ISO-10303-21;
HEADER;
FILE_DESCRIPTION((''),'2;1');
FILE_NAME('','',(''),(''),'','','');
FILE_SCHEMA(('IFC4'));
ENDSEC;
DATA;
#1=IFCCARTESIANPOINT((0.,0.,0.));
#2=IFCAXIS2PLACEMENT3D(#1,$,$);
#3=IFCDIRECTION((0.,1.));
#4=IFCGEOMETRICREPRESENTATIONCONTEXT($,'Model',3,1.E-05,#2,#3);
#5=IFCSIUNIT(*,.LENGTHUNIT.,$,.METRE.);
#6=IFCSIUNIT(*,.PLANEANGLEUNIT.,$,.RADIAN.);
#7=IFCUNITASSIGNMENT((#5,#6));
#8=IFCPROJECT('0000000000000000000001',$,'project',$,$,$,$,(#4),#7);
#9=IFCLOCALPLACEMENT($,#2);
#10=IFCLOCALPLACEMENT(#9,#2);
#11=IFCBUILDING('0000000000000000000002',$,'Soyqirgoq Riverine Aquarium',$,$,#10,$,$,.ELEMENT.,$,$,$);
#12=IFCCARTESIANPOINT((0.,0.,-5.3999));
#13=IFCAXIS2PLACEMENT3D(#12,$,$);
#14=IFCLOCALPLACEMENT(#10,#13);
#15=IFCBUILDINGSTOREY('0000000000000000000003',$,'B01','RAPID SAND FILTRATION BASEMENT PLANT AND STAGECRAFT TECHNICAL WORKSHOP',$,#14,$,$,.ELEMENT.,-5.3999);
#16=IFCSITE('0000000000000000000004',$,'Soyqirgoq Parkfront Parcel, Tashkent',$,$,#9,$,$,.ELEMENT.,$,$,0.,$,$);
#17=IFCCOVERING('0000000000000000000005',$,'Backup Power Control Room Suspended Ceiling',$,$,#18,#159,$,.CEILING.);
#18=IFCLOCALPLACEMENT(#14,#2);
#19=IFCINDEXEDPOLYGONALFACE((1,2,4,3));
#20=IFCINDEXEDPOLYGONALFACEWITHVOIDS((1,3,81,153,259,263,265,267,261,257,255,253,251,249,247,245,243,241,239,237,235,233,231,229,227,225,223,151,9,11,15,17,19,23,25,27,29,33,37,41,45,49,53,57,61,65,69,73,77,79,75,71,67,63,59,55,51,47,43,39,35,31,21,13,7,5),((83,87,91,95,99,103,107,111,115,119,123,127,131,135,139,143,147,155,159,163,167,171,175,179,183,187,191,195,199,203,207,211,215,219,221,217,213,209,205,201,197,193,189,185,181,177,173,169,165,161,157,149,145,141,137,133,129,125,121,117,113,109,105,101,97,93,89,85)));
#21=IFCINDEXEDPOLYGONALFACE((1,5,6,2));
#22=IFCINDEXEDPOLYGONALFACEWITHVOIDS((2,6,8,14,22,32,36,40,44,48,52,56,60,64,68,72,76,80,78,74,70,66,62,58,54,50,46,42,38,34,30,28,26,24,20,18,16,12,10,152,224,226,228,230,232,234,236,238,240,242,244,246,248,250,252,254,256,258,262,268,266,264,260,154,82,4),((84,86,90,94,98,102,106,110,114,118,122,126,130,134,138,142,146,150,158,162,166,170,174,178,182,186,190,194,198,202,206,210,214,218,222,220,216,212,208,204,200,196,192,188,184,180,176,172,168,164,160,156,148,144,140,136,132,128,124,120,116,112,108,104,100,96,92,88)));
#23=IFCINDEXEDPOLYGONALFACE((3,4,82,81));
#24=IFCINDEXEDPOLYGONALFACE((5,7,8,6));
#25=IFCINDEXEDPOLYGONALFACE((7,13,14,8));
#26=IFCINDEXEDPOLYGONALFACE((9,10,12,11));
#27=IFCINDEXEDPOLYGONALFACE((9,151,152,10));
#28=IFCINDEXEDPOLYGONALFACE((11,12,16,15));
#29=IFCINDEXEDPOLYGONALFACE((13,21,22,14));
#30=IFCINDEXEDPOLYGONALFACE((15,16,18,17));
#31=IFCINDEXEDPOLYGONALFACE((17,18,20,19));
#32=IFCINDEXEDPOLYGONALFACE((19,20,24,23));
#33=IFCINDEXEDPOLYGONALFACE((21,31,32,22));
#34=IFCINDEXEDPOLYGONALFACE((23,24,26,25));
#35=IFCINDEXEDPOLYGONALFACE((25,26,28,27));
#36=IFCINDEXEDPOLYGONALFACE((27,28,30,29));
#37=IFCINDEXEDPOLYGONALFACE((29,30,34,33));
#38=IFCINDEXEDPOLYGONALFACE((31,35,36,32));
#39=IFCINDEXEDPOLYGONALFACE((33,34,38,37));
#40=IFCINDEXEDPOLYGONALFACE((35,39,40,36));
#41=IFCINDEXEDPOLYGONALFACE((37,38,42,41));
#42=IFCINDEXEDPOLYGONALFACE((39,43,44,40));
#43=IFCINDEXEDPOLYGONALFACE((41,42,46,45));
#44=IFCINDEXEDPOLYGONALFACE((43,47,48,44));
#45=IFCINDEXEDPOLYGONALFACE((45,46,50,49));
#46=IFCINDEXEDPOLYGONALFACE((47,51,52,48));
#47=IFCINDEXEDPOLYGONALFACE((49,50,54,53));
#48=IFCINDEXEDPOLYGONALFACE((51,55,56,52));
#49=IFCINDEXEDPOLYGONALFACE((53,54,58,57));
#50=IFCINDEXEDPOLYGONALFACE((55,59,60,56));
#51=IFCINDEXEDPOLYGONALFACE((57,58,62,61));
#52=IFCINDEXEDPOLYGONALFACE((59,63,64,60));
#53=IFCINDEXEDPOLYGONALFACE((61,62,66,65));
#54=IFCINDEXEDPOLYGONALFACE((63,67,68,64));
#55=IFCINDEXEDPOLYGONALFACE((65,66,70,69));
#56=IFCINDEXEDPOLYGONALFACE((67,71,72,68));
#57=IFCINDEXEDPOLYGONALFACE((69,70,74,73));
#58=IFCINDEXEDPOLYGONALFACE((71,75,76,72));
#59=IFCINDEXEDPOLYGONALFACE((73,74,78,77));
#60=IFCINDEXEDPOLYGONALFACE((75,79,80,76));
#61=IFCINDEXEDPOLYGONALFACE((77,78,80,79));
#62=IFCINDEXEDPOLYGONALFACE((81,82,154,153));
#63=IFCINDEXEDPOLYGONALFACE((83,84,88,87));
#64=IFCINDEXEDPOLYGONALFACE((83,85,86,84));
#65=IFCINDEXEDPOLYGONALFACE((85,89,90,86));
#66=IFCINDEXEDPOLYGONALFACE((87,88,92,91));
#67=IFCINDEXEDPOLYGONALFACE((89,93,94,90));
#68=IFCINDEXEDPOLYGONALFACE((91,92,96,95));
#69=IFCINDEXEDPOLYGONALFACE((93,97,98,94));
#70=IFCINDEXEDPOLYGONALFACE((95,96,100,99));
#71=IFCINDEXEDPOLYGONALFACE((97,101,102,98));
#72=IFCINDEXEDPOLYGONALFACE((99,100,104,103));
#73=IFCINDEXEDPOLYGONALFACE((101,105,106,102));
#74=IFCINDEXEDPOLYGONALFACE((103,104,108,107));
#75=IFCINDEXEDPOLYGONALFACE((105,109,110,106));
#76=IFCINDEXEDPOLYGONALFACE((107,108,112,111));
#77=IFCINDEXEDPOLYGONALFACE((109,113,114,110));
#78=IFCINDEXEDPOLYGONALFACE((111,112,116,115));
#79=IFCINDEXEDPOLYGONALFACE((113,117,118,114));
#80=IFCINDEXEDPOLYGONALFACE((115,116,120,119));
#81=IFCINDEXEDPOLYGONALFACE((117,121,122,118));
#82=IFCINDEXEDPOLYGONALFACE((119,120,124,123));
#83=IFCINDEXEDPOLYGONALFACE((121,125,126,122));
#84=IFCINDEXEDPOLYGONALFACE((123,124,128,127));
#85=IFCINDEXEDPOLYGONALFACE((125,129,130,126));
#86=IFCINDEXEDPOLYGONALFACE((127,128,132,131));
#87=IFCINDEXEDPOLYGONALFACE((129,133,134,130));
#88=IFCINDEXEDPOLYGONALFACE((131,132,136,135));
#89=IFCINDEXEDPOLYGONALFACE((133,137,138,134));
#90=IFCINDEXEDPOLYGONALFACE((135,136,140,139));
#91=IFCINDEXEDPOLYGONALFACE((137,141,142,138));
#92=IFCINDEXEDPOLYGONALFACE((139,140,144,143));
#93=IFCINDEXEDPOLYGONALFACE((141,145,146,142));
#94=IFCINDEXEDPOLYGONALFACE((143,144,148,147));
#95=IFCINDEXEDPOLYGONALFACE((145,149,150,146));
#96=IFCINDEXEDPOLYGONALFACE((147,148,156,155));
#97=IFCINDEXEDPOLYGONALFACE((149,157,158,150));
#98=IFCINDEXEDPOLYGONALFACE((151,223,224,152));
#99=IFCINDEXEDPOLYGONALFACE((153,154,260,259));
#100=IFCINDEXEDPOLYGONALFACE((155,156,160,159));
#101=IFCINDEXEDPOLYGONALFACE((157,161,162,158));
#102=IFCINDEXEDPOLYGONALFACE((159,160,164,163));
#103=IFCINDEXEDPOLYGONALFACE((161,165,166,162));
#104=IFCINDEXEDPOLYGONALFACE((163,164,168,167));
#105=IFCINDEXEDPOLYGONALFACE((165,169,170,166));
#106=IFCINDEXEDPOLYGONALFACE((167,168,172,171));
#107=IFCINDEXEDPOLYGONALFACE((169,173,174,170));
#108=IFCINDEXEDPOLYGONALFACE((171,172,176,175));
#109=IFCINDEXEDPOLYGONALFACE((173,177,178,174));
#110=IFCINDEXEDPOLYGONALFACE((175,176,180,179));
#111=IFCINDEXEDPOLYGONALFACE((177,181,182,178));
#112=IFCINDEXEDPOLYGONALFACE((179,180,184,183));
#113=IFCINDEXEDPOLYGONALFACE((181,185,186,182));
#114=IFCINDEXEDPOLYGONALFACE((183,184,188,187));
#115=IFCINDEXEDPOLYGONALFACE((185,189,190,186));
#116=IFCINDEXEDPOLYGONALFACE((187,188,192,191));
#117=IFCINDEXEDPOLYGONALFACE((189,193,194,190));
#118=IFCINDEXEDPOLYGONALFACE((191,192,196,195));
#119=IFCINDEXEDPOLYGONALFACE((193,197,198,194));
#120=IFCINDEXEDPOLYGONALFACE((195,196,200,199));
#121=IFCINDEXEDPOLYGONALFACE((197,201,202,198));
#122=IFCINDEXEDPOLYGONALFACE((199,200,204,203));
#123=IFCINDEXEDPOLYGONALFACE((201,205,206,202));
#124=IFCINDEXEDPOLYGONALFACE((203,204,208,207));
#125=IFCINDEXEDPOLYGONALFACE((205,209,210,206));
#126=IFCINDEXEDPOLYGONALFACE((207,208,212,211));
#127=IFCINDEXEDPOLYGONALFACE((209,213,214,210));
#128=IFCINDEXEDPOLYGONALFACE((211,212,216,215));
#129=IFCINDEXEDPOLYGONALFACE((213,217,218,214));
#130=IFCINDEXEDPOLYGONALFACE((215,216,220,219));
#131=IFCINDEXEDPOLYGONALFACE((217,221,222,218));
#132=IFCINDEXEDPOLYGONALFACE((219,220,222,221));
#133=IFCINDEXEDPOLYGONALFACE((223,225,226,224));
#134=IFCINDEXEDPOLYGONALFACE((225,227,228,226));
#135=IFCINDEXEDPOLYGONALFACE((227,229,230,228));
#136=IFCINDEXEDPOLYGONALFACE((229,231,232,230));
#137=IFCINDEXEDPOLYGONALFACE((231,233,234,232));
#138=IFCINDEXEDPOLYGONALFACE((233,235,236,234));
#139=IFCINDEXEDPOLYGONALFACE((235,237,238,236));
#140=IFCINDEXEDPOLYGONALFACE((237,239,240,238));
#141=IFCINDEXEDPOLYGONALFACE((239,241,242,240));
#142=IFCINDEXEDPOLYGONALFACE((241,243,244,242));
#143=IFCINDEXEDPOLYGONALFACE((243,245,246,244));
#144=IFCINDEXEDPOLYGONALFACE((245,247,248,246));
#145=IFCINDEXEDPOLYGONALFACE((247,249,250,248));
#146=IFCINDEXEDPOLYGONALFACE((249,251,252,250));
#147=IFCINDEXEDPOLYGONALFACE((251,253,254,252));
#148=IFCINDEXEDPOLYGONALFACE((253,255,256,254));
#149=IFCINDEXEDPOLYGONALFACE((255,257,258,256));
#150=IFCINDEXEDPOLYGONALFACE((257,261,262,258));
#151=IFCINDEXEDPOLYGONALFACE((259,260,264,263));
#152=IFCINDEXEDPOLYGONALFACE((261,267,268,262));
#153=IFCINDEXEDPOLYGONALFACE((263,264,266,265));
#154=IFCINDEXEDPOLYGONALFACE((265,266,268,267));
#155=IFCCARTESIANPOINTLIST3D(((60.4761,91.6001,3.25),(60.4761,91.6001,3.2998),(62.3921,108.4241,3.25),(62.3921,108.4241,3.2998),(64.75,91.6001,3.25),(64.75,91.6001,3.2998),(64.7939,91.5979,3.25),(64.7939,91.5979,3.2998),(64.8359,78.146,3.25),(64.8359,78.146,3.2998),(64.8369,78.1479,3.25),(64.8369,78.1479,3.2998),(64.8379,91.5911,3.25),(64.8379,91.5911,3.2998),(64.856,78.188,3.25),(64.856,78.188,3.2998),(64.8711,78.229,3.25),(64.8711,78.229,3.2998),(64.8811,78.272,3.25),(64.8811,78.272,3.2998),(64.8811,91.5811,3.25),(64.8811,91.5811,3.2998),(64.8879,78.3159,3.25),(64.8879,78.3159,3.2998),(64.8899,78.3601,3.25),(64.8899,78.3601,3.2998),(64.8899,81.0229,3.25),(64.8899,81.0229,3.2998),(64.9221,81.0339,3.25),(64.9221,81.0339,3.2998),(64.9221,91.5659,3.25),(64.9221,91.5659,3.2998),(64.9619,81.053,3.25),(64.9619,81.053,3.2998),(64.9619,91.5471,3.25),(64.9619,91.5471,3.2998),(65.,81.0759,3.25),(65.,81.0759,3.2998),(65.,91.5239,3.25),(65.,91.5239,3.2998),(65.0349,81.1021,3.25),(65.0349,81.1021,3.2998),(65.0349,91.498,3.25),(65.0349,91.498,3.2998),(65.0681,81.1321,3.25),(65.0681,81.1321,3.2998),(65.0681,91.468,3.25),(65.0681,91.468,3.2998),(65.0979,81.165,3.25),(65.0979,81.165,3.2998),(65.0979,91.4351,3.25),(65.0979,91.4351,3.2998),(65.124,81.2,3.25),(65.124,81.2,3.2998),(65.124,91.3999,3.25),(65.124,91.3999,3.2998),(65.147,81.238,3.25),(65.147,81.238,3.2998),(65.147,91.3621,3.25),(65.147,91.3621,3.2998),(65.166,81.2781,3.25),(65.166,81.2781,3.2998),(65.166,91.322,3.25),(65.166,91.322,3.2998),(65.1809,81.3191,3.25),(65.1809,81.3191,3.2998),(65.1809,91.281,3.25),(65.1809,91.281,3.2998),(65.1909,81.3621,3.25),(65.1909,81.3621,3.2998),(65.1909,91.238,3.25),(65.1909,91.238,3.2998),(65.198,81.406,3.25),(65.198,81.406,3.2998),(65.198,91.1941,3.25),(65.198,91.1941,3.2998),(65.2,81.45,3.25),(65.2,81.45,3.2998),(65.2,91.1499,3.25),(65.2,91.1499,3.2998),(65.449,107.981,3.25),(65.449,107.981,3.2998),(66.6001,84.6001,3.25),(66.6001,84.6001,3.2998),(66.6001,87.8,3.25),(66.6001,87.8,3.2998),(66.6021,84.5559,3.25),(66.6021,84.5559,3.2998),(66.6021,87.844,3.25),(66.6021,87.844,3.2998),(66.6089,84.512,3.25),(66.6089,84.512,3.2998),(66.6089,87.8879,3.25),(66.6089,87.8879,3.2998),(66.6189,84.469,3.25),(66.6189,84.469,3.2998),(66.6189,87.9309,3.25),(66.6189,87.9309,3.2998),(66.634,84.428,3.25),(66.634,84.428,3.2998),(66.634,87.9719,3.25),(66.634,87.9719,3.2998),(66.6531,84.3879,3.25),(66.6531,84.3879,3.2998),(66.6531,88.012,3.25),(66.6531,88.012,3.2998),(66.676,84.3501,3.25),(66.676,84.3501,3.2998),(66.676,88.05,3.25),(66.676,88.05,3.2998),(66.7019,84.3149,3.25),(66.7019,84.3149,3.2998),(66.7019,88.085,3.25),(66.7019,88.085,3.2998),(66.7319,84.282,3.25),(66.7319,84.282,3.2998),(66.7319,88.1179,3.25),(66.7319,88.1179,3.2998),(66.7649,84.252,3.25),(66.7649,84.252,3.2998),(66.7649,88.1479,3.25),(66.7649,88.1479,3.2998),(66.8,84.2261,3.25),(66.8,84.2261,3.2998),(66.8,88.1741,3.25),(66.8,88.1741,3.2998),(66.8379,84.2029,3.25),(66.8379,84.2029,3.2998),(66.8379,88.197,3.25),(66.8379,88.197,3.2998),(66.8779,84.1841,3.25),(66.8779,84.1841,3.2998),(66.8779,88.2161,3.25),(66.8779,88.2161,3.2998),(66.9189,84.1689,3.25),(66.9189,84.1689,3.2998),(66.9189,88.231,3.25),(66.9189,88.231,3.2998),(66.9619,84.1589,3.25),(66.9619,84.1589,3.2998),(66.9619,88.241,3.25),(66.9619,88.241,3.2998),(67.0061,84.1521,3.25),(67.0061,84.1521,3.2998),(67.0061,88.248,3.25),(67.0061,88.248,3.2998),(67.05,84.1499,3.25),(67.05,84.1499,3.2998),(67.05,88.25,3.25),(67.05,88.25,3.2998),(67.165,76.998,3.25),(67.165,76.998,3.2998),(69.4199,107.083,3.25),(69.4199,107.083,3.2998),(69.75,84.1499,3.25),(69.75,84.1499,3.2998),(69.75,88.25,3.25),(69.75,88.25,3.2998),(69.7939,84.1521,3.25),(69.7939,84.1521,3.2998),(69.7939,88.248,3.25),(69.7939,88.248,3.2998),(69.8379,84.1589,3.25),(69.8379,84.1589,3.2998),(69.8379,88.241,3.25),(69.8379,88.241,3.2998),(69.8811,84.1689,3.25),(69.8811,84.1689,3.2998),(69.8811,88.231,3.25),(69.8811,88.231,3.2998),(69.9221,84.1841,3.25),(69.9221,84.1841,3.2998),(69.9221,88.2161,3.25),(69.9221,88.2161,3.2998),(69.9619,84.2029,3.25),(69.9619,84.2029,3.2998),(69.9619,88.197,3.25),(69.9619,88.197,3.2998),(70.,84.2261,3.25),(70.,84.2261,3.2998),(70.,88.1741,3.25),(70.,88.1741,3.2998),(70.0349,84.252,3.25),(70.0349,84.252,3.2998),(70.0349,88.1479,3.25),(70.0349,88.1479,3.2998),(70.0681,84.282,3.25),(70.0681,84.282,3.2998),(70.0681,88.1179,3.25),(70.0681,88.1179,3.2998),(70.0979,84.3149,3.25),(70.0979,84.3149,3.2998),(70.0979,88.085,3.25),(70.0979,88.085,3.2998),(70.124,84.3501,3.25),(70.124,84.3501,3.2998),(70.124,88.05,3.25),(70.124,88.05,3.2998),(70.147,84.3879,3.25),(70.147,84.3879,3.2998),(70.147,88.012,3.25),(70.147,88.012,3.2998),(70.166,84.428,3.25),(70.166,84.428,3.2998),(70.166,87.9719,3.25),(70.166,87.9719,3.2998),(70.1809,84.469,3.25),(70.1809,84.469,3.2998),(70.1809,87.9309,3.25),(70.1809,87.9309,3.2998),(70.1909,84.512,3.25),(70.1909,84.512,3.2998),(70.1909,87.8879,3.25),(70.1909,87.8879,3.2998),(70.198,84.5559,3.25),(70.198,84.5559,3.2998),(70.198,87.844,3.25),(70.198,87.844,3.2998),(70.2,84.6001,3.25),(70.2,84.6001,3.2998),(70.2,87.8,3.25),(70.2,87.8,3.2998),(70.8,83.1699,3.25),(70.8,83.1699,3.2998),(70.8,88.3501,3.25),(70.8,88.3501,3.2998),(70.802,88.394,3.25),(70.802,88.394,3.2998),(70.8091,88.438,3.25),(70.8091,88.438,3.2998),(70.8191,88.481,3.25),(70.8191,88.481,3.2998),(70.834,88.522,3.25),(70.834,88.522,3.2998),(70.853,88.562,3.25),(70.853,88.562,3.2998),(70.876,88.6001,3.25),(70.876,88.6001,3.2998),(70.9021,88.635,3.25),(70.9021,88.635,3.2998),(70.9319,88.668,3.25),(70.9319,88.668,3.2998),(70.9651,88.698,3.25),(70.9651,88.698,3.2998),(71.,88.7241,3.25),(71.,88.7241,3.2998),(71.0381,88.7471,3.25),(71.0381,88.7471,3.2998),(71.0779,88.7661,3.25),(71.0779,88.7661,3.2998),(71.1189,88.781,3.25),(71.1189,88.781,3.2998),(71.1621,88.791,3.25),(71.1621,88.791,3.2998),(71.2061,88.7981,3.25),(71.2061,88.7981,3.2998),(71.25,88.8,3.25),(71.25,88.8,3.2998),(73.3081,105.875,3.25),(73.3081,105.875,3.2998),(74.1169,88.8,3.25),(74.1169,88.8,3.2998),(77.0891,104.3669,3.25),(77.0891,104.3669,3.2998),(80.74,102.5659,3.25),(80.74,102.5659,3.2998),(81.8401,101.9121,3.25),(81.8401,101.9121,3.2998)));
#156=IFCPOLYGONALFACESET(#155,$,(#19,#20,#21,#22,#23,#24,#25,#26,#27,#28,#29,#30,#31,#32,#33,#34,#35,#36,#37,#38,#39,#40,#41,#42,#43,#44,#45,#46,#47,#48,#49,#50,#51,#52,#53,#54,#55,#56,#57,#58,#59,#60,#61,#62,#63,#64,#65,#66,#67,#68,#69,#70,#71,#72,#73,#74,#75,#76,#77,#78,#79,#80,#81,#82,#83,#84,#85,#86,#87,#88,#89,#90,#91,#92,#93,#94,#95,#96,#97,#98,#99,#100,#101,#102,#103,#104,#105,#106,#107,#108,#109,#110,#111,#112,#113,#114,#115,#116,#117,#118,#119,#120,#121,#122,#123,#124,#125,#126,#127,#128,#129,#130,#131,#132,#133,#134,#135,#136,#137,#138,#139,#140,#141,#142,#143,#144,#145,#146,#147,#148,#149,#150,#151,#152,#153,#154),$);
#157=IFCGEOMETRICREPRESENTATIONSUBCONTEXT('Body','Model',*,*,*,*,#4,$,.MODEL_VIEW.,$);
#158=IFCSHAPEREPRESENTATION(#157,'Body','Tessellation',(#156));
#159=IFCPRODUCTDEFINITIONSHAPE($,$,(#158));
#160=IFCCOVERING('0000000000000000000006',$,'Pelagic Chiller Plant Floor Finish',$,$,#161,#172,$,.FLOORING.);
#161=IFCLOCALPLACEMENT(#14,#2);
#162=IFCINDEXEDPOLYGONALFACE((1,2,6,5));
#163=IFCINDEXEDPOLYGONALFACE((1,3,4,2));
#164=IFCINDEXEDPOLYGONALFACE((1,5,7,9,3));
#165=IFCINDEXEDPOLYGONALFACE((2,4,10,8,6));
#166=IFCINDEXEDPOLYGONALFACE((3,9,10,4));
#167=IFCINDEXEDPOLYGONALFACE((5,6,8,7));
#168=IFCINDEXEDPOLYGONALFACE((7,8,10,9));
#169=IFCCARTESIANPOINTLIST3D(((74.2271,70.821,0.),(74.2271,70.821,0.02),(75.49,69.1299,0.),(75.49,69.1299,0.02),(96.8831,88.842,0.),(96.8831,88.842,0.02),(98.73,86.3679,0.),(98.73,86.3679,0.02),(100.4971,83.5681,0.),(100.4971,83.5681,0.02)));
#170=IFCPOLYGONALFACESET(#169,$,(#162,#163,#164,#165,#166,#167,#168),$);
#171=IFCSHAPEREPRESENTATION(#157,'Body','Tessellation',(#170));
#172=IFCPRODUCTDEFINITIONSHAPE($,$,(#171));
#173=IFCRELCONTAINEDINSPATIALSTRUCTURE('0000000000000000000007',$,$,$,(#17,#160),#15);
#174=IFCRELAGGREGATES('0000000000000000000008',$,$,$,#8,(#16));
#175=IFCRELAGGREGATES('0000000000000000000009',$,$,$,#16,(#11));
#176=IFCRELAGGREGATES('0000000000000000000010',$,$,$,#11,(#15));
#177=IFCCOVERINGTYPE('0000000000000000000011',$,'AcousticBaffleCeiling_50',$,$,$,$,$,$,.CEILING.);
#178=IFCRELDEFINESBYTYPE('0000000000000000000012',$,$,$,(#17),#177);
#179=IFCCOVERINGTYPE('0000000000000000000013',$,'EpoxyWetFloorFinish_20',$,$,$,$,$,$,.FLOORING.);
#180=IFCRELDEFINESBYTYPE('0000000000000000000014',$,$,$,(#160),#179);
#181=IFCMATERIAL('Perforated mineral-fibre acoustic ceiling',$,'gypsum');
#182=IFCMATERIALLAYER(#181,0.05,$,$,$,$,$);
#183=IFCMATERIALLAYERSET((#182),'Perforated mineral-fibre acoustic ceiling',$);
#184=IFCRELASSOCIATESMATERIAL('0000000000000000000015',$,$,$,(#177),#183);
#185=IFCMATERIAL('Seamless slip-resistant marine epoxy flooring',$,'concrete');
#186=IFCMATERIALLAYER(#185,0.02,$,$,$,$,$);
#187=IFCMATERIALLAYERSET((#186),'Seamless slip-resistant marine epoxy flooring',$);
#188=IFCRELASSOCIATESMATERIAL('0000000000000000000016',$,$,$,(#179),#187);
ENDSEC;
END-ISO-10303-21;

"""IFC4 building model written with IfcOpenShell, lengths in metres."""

from ifc_helpers import new_model, si_unit, direction, frame, origin, place, context, subcontext, project, spatial, polyline, outline, extrude, material, layer, layer_set, type_object, element, save


model = new_model("IFC4")

# Units and contexts
model_context = context("Model", 3, precision=1e-05, world=origin(), true_north=direction((0.0, 1.0)))
body_context = subcontext(model_context, "Body", "Model", "MODEL_VIEW")
ifc_project = project(units=[si_unit("LENGTHUNIT", "METRE"), si_unit("PLANEANGLEUNIT", "RADIAN")], contexts=[model_context])

# Site, building, storey
site_placement = place(None, origin())
site = spatial("IfcSite", under=ifc_project, at=site_placement, Name="Soyqirgoq Parkfront Parcel, Tashkent", CompositionType="ELEMENT", RefElevation=0.0)
building_placement = place(site_placement, origin())
building = spatial("IfcBuilding", under=site, at=building_placement, Name="Soyqirgoq Riverine Aquarium", CompositionType="ELEMENT")
storey_placement = place(building_placement, frame((0.0, 0.0, -5.3999)))
storey = spatial("IfcBuildingStorey", under=building, at=storey_placement, Name="B01", Description="RAPID SAND FILTRATION BASEMENT PLANT AND STAGECRAFT TECHNICAL WORKSHOP", CompositionType="ELEMENT", Elevation=-5.3999)

# Coverings
ifc_material_1 = material(Name="Perforated mineral-fibre acoustic ceiling", Category="gypsum")
ifc_layer_1 = layer(ifc_material_1, 0.05)
ifc_layer_set_1 = layer_set([ifc_layer_1], Name="Perforated mineral-fibre acoustic ceiling")
covering_type_1 = type_object("IfcCoveringType", Name="AcousticBaffleCeiling_50", PredefinedType="CEILING", material=ifc_layer_set_1)
covering_1_placement = place(storey_placement, frame((0.0, 0.0, 3.25)))
element("IfcCovering", 1, at=covering_1_placement, inside=storey, type_object=covering_type_1, Name="Backup Power Control Room Suspended Ceiling", PredefinedType="CEILING", context=body_context, shape_type="SweptSolid", body=[
    extrude(outline(polyline([(62.3921, 108.4241), (65.449, 107.981), (69.4199, 107.083), (73.3081, 105.875), (77.0891, 104.3669), (80.74, 102.5659), (81.8401, 101.9121), (74.1169, 88.8), (71.25, 88.8), (71.2061, 88.7981), (71.1621, 88.791), (71.1189, 88.781), (71.0779, 88.7661), (71.0381, 88.7471), (71.0, 88.7241), (70.9651, 88.698), (70.9319, 88.668), (70.9021, 88.635), (70.876, 88.6001), (70.853, 88.562), (70.834, 88.522), (70.8191, 88.481), (70.8091, 88.438), (70.802, 88.394), (70.8, 88.3501), (70.8, 83.1699), (67.165, 76.998), (64.8359, 78.146), (64.8369, 78.1479), (64.856, 78.188), (64.8711, 78.229), (64.8811, 78.272), (64.8879, 78.3159), (64.8899, 78.3601), (64.8899, 81.0229), (64.9221, 81.0339), (64.9619, 81.053), (65.0, 81.0759), (65.0349, 81.1021), (65.0681, 81.1321), (65.0979, 81.165), (65.124, 81.2), (65.147, 81.238), (65.166, 81.2781), (65.1809, 81.3191), (65.1909, 81.3621), (65.198, 81.406), (65.2, 81.45), (65.2, 91.1499), (65.198, 91.1941), (65.1909, 91.238), (65.1809, 91.281), (65.166, 91.322), (65.147, 91.3621), (65.124, 91.3999), (65.0979, 91.4351), (65.0681, 91.468), (65.0349, 91.498), (65.0, 91.5239), (64.9619, 91.5471), (64.9221, 91.5659), (64.8811, 91.5811), (64.8379, 91.5911), (64.7939, 91.5979), (64.75, 91.6001), (60.4761, 91.6001), (62.3921, 108.4241)]), holes=[polyline([(66.6001, 87.8), (66.6021, 87.844), (66.6089, 87.8879), (66.6189, 87.9309), (66.634, 87.9719), (66.6531, 88.012), (66.676, 88.05), (66.7019, 88.085), (66.7319, 88.1179), (66.7649, 88.1479), (66.8, 88.1741), (66.8379, 88.197), (66.8779, 88.2161), (66.9189, 88.231), (66.9619, 88.241), (67.0061, 88.248), (67.05, 88.25), (69.75, 88.25), (69.7939, 88.248), (69.8379, 88.241), (69.8811, 88.231), (69.9221, 88.2161), (69.9619, 88.197), (70.0, 88.1741), (70.0349, 88.1479), (70.0681, 88.1179), (70.0979, 88.085), (70.124, 88.05), (70.147, 88.012), (70.166, 87.9719), (70.1809, 87.9309), (70.1909, 87.8879), (70.198, 87.844), (70.2, 87.8), (70.2, 84.6001), (70.198, 84.5559), (70.1909, 84.512), (70.1809, 84.469), (70.166, 84.428), (70.147, 84.3879), (70.124, 84.3501), (70.0979, 84.3149), (70.0681, 84.282), (70.0349, 84.252), (70.0, 84.2261), (69.9619, 84.2029), (69.9221, 84.1841), (69.8811, 84.1689), (69.8379, 84.1589), (69.7939, 84.1521), (69.75, 84.1499), (67.05, 84.1499), (67.0061, 84.1521), (66.9619, 84.1589), (66.9189, 84.1689), (66.8779, 84.1841), (66.8379, 84.2029), (66.8, 84.2261), (66.7649, 84.252), (66.7319, 84.282), (66.7019, 84.3149), (66.676, 84.3501), (66.6531, 84.3879), (66.634, 84.428), (66.6189, 84.469), (66.6089, 84.512), (66.6021, 84.5559), (66.6001, 84.6001), (66.6001, 87.8)])]), origin(), (0.0, 0.0, 1.0), 0.0498),
])
ifc_material_2 = material(Name="Seamless slip-resistant marine epoxy flooring", Category="concrete")
ifc_layer_2 = layer(ifc_material_2, 0.02)
ifc_layer_set_2 = layer_set([ifc_layer_2], Name="Seamless slip-resistant marine epoxy flooring")
covering_type_2 = type_object("IfcCoveringType", Name="EpoxyWetFloorFinish_20", PredefinedType="FLOORING", material=ifc_layer_set_2)
covering_2_placement = place(storey_placement, origin())
element("IfcCovering", 2, at=covering_2_placement, inside=storey, type_object=covering_type_2, Name="Pelagic Chiller Plant Floor Finish", PredefinedType="FLOORING", context=body_context, shape_type="SweptSolid", body=[
    extrude(outline(polyline([(98.73, 86.3679), (100.4971, 83.5681), (75.49, 69.1299), (74.2271, 70.821), (96.8831, 88.842), (98.73, 86.3679)])), origin(), (0.0, 0.0, 1.0), 0.02),
])

save(model, "model.ifc")
